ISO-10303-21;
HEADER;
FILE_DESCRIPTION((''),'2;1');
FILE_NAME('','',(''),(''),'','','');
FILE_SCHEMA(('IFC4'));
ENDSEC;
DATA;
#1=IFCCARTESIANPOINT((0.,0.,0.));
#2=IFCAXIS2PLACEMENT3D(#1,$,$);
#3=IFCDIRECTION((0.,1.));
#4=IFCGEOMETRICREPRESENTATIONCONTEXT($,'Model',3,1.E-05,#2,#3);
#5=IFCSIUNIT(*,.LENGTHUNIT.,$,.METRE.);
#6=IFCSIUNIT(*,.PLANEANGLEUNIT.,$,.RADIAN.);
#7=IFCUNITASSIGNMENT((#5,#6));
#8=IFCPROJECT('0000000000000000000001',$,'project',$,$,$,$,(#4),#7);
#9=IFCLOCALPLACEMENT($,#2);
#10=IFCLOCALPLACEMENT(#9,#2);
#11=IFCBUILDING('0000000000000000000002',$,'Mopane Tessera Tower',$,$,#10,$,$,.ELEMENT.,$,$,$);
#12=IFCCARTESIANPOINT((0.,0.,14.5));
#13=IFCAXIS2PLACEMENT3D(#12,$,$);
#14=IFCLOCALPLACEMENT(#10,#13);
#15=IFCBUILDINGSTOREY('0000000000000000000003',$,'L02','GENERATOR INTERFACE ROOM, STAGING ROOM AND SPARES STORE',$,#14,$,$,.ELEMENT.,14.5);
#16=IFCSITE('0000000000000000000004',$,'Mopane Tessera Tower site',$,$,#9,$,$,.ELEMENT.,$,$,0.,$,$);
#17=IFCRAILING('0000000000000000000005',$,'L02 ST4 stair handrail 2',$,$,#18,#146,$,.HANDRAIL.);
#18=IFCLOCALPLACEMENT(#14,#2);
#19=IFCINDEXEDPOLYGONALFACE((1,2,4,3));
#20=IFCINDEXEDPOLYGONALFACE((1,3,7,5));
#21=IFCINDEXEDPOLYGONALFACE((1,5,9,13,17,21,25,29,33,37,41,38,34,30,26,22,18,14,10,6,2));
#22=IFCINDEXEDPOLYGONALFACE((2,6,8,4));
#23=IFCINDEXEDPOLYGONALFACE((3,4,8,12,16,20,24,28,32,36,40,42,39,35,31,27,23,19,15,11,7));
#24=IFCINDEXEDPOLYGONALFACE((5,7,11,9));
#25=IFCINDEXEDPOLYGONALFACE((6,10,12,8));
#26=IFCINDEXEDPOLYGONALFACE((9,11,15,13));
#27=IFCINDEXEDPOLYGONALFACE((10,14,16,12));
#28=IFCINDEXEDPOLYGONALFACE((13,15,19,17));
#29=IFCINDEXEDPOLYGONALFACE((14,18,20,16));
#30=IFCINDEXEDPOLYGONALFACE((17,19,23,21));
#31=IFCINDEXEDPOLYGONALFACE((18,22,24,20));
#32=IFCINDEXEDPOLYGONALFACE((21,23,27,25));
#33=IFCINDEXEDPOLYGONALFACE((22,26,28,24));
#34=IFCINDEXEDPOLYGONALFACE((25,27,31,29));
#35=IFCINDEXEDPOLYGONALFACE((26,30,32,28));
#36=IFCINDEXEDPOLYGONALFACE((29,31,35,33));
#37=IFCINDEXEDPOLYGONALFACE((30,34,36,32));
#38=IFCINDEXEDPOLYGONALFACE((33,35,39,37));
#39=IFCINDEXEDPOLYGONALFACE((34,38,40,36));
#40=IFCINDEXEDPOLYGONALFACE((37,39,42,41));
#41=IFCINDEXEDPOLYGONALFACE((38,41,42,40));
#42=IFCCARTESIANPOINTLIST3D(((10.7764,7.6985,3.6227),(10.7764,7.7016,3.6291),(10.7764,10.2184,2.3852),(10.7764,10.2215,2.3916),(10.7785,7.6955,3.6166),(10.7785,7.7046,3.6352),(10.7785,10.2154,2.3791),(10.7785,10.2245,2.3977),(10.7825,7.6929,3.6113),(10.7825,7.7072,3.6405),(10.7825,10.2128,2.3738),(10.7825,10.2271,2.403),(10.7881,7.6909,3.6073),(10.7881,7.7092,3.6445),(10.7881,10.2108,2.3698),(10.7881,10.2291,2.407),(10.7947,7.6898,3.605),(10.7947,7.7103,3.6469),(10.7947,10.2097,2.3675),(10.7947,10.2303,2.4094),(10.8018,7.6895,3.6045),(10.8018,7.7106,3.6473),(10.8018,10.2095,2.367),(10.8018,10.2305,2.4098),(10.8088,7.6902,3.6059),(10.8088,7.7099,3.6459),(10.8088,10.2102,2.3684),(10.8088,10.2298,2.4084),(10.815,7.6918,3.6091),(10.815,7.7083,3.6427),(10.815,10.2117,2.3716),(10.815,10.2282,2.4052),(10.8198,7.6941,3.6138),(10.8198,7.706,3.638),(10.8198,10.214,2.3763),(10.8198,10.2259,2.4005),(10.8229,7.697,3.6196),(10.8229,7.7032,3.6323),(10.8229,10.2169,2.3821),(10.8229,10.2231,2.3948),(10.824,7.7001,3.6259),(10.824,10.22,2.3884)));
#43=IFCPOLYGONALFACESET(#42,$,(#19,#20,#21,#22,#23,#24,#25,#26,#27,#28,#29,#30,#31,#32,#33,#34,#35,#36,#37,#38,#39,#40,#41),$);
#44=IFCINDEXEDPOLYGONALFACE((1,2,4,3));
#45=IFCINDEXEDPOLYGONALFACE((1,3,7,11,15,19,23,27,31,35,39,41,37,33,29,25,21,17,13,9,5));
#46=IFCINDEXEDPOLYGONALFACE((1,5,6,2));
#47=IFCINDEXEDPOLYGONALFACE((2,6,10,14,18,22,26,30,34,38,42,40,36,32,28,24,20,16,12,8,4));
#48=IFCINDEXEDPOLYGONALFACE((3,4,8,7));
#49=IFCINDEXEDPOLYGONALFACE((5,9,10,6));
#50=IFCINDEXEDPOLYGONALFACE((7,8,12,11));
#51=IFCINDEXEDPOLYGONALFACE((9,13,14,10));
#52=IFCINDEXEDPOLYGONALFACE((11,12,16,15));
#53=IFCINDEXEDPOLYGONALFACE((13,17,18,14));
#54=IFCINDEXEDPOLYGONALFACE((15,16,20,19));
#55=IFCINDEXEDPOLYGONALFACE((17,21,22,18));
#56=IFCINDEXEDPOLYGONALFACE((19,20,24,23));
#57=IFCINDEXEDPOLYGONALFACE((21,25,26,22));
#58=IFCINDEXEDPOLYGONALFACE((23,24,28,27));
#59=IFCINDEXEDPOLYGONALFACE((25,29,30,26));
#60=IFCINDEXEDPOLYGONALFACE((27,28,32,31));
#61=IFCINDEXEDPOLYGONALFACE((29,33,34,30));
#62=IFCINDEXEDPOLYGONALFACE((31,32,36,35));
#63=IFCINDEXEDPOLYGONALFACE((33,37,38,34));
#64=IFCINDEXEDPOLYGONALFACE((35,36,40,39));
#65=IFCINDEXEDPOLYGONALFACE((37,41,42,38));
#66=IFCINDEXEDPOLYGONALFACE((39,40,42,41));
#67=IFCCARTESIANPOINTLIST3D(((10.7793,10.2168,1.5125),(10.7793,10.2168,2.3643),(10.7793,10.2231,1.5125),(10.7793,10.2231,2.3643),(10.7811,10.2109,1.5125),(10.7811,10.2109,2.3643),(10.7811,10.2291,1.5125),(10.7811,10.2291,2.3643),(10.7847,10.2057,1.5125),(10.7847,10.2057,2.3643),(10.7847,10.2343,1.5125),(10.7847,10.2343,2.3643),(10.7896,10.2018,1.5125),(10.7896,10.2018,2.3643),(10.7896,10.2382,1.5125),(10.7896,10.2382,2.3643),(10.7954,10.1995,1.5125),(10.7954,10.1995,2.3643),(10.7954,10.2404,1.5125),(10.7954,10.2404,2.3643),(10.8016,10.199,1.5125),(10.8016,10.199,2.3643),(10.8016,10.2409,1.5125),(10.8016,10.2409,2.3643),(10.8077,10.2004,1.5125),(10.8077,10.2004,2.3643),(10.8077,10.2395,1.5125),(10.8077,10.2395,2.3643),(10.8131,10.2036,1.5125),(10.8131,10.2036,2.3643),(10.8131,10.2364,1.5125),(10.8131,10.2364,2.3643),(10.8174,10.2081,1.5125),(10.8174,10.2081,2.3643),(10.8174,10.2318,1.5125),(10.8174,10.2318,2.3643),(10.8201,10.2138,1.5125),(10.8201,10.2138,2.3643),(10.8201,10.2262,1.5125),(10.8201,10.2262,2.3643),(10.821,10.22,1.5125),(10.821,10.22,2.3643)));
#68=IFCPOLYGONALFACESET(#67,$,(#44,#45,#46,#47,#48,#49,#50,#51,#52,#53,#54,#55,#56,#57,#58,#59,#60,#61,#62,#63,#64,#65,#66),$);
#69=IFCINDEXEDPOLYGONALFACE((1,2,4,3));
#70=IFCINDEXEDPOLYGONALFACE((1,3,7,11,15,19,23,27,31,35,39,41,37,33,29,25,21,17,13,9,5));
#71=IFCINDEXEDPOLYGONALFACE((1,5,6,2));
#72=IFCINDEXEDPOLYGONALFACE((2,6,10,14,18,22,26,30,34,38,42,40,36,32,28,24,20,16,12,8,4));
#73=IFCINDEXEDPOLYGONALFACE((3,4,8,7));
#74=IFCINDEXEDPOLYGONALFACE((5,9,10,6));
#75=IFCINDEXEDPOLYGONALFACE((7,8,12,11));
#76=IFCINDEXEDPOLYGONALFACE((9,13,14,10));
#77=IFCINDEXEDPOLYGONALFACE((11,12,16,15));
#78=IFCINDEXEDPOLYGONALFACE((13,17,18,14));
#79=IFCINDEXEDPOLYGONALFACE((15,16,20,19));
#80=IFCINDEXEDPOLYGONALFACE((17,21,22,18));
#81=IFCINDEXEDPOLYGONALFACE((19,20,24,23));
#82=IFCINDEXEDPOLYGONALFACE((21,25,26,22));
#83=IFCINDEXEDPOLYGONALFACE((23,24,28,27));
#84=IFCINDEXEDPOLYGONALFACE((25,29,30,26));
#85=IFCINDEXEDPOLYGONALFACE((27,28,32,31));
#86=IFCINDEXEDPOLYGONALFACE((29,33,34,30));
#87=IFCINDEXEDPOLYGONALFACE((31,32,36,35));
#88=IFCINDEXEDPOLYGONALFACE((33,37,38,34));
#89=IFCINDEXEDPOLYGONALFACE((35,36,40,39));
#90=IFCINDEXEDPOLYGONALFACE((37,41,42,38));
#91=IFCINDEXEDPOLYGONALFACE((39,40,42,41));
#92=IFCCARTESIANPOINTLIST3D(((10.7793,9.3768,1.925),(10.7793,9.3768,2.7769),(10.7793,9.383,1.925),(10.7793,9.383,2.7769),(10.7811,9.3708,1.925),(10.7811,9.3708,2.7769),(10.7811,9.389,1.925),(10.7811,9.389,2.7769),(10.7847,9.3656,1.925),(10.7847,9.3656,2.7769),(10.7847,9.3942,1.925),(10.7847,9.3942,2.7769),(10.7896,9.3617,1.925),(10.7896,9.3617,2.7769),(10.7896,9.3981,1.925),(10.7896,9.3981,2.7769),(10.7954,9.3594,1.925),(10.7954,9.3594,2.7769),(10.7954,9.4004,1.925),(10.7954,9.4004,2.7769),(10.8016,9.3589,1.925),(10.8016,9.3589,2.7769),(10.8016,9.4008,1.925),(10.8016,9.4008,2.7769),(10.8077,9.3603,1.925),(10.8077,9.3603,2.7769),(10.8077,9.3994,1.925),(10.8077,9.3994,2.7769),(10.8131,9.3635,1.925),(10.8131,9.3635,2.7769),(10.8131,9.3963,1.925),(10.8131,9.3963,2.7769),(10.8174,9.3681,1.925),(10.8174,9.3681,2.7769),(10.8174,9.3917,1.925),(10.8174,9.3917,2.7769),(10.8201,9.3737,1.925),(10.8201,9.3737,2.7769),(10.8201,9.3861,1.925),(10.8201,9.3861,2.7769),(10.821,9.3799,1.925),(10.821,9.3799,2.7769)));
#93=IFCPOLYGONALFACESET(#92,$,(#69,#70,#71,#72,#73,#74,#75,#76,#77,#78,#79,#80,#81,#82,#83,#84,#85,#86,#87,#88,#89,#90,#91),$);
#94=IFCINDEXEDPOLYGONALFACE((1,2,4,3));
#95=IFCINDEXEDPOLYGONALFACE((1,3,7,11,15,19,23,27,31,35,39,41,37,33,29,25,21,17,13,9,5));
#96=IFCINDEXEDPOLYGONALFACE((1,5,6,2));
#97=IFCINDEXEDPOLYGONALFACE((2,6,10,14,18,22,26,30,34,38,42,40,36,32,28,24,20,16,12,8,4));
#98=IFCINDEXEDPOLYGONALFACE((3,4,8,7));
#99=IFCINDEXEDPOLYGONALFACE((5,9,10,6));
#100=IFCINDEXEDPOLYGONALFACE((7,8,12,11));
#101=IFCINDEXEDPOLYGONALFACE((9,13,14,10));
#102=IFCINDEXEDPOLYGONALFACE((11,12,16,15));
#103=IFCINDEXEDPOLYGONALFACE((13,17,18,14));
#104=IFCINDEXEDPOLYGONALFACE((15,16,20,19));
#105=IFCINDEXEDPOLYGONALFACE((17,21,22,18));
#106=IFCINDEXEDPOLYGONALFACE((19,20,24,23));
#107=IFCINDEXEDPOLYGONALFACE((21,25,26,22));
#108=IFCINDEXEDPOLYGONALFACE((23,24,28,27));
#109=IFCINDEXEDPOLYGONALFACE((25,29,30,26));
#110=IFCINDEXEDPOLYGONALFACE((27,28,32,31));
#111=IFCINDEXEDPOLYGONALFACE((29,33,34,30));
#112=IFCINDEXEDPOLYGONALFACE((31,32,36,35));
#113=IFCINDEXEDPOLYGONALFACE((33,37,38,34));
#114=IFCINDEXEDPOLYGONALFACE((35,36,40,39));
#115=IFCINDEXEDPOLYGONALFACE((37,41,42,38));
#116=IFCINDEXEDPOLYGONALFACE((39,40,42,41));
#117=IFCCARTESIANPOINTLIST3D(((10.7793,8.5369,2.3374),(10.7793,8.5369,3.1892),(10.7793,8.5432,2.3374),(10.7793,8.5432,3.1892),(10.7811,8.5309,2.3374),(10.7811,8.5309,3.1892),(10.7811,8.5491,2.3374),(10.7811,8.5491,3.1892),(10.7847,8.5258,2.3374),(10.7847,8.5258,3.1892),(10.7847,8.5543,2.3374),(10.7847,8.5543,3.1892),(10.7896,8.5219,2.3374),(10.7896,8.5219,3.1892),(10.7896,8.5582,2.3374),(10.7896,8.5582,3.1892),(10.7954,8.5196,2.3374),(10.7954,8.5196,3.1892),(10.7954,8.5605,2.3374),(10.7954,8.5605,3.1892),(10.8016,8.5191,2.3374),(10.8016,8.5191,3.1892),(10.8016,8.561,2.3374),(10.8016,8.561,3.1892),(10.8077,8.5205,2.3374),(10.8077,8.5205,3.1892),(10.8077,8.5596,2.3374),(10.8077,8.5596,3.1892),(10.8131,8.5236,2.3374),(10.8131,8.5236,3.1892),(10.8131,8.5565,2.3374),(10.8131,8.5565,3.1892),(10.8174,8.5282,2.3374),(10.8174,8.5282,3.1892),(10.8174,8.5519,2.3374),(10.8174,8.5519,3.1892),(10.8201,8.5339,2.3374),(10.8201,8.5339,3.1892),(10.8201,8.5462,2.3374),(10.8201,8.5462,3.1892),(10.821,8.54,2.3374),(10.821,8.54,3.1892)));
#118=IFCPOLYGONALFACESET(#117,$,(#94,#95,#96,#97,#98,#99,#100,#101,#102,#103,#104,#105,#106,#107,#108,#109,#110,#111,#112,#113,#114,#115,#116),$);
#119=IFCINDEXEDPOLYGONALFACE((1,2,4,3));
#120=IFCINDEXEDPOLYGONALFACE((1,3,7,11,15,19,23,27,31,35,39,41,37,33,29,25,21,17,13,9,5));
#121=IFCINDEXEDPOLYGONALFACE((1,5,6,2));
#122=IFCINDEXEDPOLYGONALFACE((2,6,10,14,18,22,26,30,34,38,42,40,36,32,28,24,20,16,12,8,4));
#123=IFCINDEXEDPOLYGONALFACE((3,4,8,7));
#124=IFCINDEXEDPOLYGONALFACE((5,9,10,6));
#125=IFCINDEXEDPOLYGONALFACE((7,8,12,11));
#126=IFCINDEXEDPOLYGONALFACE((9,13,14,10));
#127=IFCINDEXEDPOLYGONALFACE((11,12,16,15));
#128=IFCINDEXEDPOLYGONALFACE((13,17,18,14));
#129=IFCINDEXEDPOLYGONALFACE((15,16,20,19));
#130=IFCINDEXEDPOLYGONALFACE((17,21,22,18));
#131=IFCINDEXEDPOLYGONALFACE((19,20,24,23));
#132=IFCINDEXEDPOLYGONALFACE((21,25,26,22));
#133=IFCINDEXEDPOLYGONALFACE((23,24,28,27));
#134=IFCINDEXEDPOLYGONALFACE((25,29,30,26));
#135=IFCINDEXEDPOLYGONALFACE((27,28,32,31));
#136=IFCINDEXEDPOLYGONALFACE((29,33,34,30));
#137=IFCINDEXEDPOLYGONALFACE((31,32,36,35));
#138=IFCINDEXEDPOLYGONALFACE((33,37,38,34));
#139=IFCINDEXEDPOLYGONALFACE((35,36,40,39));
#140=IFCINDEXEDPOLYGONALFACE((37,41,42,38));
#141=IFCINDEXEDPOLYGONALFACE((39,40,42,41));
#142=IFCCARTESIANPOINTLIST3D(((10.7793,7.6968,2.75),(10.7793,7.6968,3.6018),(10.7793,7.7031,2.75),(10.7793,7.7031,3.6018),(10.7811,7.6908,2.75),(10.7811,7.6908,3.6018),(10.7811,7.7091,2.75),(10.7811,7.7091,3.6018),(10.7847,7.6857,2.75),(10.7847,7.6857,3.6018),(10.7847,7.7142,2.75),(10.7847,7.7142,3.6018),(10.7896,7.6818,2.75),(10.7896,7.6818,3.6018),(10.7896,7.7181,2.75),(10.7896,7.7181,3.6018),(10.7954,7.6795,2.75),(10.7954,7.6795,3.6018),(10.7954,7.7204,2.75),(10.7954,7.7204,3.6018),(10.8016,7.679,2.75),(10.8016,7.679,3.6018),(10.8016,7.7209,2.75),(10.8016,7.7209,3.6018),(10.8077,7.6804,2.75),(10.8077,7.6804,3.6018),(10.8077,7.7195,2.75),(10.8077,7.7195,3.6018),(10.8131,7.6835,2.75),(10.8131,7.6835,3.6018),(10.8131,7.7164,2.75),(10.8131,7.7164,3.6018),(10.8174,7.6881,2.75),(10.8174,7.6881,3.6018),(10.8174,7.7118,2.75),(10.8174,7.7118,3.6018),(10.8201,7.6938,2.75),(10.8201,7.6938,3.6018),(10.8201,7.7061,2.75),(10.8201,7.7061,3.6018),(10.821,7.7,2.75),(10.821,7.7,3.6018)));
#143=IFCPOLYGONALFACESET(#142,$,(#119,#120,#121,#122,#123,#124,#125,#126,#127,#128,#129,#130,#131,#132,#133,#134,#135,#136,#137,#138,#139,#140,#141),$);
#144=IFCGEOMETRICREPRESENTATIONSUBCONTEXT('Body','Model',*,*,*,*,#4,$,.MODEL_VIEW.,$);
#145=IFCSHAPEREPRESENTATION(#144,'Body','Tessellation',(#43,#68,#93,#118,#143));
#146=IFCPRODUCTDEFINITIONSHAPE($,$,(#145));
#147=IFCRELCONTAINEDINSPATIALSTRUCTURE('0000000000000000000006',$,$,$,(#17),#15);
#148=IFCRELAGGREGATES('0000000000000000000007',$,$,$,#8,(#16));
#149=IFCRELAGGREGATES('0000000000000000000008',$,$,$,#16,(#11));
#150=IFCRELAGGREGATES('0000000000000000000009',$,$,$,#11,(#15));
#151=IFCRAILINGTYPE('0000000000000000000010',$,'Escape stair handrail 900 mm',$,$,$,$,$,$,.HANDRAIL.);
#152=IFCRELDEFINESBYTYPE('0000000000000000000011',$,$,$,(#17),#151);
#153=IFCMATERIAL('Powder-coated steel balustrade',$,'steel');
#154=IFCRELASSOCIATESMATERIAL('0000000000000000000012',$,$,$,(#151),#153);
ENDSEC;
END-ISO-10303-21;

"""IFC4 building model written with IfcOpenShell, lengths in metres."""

from ifc_helpers import new_model, si_unit, direction, frame, origin, origin_2d, place, context, subcontext, project, spatial, circle, extrude, material, type_object, element, save


model = new_model("IFC4")

# Units and contexts
model_context = context("Model", 3, precision=1e-05, world=origin(), true_north=direction((0.0, 1.0)))
body_context = subcontext(model_context, "Body", "Model", "MODEL_VIEW")
ifc_project = project(units=[si_unit("LENGTHUNIT", "METRE"), si_unit("PLANEANGLEUNIT", "RADIAN")], contexts=[model_context])

# Site, building, storey
site_placement = place(None, origin())
site = spatial("IfcSite", under=ifc_project, at=site_placement, Name="Mopane Tessera Tower site", CompositionType="ELEMENT", RefElevation=0.0)
building_placement = place(site_placement, origin())
building = spatial("IfcBuilding", under=site, at=building_placement, Name="Mopane Tessera Tower", CompositionType="ELEMENT")
storey_placement = place(building_placement, frame((0.0, 0.0, 14.5)))
storey = spatial("IfcBuildingStorey", under=building, at=storey_placement, Name="L02", Description="GENERATOR INTERFACE ROOM, STAGING ROOM AND SPARES STORE", CompositionType="ELEMENT", Elevation=14.5)

# Railing
ifc_material_1 = material(Name="Powder-coated steel balustrade", Category="steel")
railing_type_1 = type_object("IfcRailingType", Name="Escape stair handrail 900 mm", PredefinedType="HANDRAIL", material=ifc_material_1)
for number, where, name in (
    (1, (10.8, 10.22, 1.5125), "L02 ST4 stair handrail 2"),
):
    element("IfcRailing", number, at=place(storey_placement, frame(where)), inside=storey, type_object=railing_type_1, Name=name, PredefinedType="HANDRAIL", context=body_context, shape_type="SweptSolid", body=[
        extrude(circle(Radius=0.0239, at=origin_2d()), frame((0.0, 0.0, 0.876), z_axis=(0.0, -0.897604, 0.440802), x_axis=(1.0, 0.0, 0.0)), (0.0, 0.0, 1.0), 2.8074),
        extrude(circle(Radius=0.021, at=origin_2d()), origin(), (0.0, 0.0, 1.0), 0.8518),
        extrude(circle(Radius=0.021, at=origin_2d()), frame((0.0, -0.8401, 0.4126)), (0.0, 0.0, 1.0), 0.8518),
        extrude(circle(Radius=0.021, at=origin_2d()), frame((0.0, -1.6799, 0.825)), (0.0, 0.0, 1.0), 0.8518),
        extrude(circle(Radius=0.021, at=origin_2d()), frame((0.0, -2.52, 1.2375)), (0.0, 0.0, 1.0), 0.8518),
    ])

save(model, "model.ifc")
